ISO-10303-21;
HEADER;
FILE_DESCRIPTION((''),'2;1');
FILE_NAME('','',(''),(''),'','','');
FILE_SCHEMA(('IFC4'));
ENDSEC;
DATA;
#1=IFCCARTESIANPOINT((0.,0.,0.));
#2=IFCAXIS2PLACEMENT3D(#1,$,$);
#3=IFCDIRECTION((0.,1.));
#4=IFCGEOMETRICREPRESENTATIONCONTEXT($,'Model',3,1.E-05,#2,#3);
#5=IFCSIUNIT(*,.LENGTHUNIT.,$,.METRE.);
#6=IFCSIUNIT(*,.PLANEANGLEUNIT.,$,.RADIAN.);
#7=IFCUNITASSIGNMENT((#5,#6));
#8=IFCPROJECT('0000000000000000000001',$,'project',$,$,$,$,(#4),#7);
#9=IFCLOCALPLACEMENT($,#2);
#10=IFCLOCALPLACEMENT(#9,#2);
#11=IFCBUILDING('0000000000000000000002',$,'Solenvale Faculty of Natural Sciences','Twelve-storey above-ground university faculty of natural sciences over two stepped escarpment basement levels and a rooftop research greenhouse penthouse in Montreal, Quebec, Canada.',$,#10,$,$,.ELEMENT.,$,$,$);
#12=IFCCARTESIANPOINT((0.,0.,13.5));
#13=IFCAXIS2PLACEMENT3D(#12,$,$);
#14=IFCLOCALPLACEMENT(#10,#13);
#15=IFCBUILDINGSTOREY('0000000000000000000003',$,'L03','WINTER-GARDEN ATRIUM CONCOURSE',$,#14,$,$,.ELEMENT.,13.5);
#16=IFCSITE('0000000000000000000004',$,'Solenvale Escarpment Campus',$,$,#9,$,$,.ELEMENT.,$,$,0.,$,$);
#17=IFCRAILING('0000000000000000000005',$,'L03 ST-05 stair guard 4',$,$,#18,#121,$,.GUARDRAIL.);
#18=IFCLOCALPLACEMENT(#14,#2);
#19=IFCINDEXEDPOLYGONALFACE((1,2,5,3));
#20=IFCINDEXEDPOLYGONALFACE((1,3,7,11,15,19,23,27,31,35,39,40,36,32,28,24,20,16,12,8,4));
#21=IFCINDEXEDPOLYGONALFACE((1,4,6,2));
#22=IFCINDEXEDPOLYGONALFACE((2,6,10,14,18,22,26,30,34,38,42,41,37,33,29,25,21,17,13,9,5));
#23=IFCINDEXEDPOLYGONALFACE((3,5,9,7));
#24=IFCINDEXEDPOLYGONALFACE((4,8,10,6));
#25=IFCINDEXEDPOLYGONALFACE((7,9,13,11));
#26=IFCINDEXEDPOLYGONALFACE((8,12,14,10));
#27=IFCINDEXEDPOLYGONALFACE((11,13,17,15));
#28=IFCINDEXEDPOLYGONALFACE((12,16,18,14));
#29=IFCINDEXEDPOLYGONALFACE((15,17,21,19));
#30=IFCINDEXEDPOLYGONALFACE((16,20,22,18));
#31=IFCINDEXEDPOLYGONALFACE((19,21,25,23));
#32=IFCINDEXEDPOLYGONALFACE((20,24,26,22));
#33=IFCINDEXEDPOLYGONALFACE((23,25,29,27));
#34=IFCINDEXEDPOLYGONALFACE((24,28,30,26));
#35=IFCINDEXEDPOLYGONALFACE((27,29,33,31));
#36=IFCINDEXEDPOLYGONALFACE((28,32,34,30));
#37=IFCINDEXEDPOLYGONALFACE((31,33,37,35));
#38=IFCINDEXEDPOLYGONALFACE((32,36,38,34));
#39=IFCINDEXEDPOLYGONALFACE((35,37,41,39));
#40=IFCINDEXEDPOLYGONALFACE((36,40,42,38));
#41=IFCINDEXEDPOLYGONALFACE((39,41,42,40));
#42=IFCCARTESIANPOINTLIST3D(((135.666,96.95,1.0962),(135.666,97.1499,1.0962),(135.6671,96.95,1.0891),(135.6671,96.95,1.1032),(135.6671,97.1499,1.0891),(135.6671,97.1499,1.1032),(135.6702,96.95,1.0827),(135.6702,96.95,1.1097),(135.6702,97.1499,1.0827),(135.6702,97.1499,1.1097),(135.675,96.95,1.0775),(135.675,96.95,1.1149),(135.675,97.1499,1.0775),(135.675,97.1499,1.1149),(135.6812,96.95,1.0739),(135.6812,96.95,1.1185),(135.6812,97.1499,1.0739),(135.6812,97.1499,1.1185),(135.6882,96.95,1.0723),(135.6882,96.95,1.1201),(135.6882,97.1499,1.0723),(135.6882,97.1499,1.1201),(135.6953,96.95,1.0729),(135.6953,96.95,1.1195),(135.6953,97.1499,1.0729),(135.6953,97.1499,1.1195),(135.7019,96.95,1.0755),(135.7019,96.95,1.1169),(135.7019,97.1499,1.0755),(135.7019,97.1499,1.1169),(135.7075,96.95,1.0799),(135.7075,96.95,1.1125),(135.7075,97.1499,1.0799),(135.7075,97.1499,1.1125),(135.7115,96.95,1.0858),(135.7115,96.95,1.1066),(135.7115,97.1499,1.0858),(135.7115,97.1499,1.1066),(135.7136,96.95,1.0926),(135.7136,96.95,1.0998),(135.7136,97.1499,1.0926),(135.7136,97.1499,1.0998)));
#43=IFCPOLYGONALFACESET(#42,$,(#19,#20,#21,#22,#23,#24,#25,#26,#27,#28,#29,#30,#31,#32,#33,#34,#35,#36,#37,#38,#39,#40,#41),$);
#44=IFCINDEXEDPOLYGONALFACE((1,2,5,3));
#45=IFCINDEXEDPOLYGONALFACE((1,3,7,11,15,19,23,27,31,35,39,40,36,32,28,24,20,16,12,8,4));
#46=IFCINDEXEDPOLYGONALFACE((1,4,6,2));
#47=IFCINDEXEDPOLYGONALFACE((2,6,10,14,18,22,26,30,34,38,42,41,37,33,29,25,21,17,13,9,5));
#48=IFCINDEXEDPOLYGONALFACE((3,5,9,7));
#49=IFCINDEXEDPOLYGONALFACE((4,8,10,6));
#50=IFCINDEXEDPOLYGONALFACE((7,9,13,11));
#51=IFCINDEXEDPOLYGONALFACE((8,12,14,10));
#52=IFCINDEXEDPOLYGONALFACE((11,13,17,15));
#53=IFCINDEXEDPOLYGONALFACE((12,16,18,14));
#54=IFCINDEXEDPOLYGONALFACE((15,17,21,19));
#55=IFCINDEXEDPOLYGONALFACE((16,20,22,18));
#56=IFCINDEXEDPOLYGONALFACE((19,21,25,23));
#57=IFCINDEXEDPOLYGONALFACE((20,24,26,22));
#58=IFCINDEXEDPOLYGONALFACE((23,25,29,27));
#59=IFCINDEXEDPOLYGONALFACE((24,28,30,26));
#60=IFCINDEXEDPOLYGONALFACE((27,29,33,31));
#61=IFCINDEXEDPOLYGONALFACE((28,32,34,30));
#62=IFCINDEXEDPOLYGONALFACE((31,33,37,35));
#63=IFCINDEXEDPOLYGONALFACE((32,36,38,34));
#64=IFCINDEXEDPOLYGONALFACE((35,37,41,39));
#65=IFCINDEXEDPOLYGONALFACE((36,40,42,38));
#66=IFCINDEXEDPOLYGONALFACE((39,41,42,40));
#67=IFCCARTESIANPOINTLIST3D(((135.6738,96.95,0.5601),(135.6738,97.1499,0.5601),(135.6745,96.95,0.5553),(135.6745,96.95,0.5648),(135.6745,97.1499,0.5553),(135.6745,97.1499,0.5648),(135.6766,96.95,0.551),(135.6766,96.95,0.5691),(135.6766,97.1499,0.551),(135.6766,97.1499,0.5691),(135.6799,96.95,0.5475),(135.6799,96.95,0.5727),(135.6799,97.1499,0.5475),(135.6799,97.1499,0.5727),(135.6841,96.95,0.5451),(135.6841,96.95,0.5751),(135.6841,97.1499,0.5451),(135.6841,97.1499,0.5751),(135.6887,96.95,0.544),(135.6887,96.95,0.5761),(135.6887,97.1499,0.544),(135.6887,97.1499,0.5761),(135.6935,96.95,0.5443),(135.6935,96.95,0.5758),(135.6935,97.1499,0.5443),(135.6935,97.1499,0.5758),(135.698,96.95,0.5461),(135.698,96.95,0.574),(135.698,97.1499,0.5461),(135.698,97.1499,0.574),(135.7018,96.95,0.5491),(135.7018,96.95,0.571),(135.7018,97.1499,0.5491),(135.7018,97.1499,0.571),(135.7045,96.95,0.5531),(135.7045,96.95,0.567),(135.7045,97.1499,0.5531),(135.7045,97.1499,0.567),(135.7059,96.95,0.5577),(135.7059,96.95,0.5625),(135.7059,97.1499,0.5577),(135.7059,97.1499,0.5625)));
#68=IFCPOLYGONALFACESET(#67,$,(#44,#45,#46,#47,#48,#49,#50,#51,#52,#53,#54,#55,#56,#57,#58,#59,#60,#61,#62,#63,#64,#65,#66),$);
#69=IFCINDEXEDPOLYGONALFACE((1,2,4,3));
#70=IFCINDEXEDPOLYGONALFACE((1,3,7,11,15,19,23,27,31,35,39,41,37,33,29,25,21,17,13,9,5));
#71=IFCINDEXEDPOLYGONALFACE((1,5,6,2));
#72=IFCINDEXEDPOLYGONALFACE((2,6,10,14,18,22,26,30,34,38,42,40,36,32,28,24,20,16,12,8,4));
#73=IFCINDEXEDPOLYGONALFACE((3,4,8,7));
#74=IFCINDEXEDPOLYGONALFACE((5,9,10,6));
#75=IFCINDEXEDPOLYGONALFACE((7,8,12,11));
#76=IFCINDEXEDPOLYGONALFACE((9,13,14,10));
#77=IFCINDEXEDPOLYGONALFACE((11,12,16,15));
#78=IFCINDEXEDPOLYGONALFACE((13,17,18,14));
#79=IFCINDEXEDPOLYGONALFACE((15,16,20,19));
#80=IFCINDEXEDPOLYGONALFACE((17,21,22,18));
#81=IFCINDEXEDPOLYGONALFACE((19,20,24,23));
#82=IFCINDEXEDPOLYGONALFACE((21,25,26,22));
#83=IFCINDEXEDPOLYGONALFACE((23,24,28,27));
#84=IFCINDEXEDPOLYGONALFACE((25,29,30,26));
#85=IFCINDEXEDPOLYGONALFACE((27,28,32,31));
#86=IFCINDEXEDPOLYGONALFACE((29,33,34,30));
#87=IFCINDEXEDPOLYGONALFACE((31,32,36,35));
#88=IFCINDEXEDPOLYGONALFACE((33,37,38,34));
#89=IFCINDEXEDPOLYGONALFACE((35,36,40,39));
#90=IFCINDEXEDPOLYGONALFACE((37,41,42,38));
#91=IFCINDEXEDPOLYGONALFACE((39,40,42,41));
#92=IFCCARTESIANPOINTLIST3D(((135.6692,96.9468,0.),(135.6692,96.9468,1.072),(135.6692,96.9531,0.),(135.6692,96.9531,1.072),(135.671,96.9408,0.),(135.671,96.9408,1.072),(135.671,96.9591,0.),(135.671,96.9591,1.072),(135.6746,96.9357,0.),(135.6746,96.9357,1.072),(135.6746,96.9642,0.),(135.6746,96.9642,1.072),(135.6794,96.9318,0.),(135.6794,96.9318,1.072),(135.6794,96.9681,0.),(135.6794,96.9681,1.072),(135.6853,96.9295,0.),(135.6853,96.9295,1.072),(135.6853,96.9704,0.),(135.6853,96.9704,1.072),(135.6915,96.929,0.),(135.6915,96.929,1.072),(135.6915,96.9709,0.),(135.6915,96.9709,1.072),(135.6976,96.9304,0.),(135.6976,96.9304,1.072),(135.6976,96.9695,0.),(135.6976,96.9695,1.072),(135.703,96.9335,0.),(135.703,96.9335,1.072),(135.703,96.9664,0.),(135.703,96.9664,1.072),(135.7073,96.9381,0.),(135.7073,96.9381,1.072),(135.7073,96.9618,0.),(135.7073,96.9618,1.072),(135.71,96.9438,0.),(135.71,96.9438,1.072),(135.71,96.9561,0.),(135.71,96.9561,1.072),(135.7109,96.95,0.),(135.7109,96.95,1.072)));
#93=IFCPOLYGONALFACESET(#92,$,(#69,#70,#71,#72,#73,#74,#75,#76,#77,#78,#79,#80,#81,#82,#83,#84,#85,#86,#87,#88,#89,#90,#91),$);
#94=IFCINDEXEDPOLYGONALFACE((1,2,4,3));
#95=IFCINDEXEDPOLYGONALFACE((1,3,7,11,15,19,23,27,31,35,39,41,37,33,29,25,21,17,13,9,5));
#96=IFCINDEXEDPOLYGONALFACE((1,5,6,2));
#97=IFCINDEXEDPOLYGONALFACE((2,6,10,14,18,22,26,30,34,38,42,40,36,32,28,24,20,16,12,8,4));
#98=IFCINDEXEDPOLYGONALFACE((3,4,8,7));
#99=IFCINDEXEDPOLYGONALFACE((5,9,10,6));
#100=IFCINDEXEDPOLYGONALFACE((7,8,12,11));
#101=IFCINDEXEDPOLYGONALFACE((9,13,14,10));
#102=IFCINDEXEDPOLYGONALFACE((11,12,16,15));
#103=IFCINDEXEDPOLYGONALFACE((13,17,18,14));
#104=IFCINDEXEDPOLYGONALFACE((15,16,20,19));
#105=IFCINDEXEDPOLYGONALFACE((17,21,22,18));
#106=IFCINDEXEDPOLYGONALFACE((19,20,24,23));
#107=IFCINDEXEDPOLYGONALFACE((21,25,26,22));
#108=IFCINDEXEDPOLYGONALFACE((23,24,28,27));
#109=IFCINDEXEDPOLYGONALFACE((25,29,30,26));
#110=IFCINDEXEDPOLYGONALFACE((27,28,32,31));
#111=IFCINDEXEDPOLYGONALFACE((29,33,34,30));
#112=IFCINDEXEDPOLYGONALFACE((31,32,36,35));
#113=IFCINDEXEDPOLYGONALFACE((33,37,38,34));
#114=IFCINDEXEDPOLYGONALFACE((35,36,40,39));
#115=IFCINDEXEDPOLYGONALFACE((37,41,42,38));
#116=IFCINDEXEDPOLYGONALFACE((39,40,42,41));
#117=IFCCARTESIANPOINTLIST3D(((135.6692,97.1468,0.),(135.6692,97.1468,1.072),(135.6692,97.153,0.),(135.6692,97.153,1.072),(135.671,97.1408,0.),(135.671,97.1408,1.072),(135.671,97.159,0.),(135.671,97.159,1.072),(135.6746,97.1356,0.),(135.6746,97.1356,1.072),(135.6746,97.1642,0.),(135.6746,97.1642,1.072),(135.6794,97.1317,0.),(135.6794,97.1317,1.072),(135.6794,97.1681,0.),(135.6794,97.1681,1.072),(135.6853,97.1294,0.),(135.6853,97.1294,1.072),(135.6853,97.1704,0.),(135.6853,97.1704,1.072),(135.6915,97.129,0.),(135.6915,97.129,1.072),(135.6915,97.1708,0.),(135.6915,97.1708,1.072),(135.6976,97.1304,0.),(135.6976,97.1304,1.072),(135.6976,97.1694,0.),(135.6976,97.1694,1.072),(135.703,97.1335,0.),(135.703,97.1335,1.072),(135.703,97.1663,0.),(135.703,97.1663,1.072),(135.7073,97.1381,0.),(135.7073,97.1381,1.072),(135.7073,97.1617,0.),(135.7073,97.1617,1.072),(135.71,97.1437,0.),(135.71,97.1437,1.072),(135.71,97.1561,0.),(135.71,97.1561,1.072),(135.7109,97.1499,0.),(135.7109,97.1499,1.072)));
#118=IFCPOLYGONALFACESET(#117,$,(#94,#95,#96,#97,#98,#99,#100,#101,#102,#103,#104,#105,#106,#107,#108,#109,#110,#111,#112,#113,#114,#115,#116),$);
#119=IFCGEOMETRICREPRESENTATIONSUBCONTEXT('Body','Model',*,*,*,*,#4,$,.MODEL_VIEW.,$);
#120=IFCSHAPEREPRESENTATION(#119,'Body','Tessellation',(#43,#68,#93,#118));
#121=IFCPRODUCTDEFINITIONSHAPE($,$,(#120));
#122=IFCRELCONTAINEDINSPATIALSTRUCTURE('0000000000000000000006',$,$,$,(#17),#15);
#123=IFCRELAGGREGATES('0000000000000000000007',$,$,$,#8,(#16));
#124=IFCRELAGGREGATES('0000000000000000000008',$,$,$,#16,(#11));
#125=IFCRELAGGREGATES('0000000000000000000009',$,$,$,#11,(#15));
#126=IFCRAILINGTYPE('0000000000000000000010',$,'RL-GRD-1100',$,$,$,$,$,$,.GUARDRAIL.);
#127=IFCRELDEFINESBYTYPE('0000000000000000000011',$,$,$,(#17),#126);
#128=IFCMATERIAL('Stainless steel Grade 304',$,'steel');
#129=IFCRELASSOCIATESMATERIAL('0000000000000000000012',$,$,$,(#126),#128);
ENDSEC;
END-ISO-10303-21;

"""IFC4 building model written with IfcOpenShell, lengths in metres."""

from ifc_helpers import new_model, si_unit, direction, frame, origin, origin_2d, place, context, subcontext, project, spatial, circle, extrude, material, type_object, element, save


model = new_model("IFC4")

# Units and contexts
model_context = context("Model", 3, precision=1e-05, world=origin(), true_north=direction((0.0, 1.0)))
body_context = subcontext(model_context, "Body", "Model", "MODEL_VIEW")
ifc_project = project(units=[si_unit("LENGTHUNIT", "METRE"), si_unit("PLANEANGLEUNIT", "RADIAN")], contexts=[model_context])

# Site, building, storey
site_placement = place(None, origin())
site = spatial("IfcSite", under=ifc_project, at=site_placement, Name="Solenvale Escarpment Campus", CompositionType="ELEMENT", RefElevation=0.0)
building_placement = place(site_placement, origin())
building = spatial("IfcBuilding", under=site, at=building_placement, Name="Solenvale Faculty of Natural Sciences", Description="Twelve-storey above-ground university faculty of natural sciences over two stepped escarpment basement levels and a rooftop research greenhouse penthouse in Montreal, Quebec, Canada.", CompositionType="ELEMENT")
storey_placement = place(building_placement, frame((0.0, 0.0, 13.5)))
storey = spatial("IfcBuildingStorey", under=building, at=storey_placement, Name="L03", Description="WINTER-GARDEN ATRIUM CONCOURSE", CompositionType="ELEMENT", Elevation=13.5)

# Shared definitions
ifc_material_1 = material(Name="Stainless steel Grade 304", Category="steel")

# Railing
railing_type_1 = type_object("IfcRailingType", Name="RL-GRD-1100", PredefinedType="GUARDRAIL", material=ifc_material_1)
railing_1_placement = place(storey_placement, frame((135.6899, 96.95, 0.0)))
element("IfcRailing", 1, at=railing_1_placement, inside=storey, type_object=railing_type_1, Name="L03 ST-05 stair guard 4", PredefinedType="GUARDRAIL", context=body_context, shape_type="SweptSolid", body=[
    extrude(circle(Radius=0.0239, at=origin_2d()), frame((0.0, 0.0, 1.0962), z_axis=(0.0, 1.0, 0.0), x_axis=(-1.0, 0.0, 0.0)), (0.0, 0.0, 1.0), 0.2),
    extrude(circle(Radius=0.0161, at=origin_2d()), frame((0.0, 0.0, 0.5601), z_axis=(0.0, 1.0, 0.0), x_axis=(-1.0, 0.0, 0.0)), (0.0, 0.0, 1.0), 0.2),
    extrude(circle(Radius=0.021, at=origin_2d()), origin(), (0.0, 0.0, 1.0), 1.072),
    extrude(circle(Radius=0.021, at=origin_2d()), frame((0.0, 0.2, 0.0)), (0.0, 0.0, 1.0), 1.072),
])

save(model, "model.ifc")
